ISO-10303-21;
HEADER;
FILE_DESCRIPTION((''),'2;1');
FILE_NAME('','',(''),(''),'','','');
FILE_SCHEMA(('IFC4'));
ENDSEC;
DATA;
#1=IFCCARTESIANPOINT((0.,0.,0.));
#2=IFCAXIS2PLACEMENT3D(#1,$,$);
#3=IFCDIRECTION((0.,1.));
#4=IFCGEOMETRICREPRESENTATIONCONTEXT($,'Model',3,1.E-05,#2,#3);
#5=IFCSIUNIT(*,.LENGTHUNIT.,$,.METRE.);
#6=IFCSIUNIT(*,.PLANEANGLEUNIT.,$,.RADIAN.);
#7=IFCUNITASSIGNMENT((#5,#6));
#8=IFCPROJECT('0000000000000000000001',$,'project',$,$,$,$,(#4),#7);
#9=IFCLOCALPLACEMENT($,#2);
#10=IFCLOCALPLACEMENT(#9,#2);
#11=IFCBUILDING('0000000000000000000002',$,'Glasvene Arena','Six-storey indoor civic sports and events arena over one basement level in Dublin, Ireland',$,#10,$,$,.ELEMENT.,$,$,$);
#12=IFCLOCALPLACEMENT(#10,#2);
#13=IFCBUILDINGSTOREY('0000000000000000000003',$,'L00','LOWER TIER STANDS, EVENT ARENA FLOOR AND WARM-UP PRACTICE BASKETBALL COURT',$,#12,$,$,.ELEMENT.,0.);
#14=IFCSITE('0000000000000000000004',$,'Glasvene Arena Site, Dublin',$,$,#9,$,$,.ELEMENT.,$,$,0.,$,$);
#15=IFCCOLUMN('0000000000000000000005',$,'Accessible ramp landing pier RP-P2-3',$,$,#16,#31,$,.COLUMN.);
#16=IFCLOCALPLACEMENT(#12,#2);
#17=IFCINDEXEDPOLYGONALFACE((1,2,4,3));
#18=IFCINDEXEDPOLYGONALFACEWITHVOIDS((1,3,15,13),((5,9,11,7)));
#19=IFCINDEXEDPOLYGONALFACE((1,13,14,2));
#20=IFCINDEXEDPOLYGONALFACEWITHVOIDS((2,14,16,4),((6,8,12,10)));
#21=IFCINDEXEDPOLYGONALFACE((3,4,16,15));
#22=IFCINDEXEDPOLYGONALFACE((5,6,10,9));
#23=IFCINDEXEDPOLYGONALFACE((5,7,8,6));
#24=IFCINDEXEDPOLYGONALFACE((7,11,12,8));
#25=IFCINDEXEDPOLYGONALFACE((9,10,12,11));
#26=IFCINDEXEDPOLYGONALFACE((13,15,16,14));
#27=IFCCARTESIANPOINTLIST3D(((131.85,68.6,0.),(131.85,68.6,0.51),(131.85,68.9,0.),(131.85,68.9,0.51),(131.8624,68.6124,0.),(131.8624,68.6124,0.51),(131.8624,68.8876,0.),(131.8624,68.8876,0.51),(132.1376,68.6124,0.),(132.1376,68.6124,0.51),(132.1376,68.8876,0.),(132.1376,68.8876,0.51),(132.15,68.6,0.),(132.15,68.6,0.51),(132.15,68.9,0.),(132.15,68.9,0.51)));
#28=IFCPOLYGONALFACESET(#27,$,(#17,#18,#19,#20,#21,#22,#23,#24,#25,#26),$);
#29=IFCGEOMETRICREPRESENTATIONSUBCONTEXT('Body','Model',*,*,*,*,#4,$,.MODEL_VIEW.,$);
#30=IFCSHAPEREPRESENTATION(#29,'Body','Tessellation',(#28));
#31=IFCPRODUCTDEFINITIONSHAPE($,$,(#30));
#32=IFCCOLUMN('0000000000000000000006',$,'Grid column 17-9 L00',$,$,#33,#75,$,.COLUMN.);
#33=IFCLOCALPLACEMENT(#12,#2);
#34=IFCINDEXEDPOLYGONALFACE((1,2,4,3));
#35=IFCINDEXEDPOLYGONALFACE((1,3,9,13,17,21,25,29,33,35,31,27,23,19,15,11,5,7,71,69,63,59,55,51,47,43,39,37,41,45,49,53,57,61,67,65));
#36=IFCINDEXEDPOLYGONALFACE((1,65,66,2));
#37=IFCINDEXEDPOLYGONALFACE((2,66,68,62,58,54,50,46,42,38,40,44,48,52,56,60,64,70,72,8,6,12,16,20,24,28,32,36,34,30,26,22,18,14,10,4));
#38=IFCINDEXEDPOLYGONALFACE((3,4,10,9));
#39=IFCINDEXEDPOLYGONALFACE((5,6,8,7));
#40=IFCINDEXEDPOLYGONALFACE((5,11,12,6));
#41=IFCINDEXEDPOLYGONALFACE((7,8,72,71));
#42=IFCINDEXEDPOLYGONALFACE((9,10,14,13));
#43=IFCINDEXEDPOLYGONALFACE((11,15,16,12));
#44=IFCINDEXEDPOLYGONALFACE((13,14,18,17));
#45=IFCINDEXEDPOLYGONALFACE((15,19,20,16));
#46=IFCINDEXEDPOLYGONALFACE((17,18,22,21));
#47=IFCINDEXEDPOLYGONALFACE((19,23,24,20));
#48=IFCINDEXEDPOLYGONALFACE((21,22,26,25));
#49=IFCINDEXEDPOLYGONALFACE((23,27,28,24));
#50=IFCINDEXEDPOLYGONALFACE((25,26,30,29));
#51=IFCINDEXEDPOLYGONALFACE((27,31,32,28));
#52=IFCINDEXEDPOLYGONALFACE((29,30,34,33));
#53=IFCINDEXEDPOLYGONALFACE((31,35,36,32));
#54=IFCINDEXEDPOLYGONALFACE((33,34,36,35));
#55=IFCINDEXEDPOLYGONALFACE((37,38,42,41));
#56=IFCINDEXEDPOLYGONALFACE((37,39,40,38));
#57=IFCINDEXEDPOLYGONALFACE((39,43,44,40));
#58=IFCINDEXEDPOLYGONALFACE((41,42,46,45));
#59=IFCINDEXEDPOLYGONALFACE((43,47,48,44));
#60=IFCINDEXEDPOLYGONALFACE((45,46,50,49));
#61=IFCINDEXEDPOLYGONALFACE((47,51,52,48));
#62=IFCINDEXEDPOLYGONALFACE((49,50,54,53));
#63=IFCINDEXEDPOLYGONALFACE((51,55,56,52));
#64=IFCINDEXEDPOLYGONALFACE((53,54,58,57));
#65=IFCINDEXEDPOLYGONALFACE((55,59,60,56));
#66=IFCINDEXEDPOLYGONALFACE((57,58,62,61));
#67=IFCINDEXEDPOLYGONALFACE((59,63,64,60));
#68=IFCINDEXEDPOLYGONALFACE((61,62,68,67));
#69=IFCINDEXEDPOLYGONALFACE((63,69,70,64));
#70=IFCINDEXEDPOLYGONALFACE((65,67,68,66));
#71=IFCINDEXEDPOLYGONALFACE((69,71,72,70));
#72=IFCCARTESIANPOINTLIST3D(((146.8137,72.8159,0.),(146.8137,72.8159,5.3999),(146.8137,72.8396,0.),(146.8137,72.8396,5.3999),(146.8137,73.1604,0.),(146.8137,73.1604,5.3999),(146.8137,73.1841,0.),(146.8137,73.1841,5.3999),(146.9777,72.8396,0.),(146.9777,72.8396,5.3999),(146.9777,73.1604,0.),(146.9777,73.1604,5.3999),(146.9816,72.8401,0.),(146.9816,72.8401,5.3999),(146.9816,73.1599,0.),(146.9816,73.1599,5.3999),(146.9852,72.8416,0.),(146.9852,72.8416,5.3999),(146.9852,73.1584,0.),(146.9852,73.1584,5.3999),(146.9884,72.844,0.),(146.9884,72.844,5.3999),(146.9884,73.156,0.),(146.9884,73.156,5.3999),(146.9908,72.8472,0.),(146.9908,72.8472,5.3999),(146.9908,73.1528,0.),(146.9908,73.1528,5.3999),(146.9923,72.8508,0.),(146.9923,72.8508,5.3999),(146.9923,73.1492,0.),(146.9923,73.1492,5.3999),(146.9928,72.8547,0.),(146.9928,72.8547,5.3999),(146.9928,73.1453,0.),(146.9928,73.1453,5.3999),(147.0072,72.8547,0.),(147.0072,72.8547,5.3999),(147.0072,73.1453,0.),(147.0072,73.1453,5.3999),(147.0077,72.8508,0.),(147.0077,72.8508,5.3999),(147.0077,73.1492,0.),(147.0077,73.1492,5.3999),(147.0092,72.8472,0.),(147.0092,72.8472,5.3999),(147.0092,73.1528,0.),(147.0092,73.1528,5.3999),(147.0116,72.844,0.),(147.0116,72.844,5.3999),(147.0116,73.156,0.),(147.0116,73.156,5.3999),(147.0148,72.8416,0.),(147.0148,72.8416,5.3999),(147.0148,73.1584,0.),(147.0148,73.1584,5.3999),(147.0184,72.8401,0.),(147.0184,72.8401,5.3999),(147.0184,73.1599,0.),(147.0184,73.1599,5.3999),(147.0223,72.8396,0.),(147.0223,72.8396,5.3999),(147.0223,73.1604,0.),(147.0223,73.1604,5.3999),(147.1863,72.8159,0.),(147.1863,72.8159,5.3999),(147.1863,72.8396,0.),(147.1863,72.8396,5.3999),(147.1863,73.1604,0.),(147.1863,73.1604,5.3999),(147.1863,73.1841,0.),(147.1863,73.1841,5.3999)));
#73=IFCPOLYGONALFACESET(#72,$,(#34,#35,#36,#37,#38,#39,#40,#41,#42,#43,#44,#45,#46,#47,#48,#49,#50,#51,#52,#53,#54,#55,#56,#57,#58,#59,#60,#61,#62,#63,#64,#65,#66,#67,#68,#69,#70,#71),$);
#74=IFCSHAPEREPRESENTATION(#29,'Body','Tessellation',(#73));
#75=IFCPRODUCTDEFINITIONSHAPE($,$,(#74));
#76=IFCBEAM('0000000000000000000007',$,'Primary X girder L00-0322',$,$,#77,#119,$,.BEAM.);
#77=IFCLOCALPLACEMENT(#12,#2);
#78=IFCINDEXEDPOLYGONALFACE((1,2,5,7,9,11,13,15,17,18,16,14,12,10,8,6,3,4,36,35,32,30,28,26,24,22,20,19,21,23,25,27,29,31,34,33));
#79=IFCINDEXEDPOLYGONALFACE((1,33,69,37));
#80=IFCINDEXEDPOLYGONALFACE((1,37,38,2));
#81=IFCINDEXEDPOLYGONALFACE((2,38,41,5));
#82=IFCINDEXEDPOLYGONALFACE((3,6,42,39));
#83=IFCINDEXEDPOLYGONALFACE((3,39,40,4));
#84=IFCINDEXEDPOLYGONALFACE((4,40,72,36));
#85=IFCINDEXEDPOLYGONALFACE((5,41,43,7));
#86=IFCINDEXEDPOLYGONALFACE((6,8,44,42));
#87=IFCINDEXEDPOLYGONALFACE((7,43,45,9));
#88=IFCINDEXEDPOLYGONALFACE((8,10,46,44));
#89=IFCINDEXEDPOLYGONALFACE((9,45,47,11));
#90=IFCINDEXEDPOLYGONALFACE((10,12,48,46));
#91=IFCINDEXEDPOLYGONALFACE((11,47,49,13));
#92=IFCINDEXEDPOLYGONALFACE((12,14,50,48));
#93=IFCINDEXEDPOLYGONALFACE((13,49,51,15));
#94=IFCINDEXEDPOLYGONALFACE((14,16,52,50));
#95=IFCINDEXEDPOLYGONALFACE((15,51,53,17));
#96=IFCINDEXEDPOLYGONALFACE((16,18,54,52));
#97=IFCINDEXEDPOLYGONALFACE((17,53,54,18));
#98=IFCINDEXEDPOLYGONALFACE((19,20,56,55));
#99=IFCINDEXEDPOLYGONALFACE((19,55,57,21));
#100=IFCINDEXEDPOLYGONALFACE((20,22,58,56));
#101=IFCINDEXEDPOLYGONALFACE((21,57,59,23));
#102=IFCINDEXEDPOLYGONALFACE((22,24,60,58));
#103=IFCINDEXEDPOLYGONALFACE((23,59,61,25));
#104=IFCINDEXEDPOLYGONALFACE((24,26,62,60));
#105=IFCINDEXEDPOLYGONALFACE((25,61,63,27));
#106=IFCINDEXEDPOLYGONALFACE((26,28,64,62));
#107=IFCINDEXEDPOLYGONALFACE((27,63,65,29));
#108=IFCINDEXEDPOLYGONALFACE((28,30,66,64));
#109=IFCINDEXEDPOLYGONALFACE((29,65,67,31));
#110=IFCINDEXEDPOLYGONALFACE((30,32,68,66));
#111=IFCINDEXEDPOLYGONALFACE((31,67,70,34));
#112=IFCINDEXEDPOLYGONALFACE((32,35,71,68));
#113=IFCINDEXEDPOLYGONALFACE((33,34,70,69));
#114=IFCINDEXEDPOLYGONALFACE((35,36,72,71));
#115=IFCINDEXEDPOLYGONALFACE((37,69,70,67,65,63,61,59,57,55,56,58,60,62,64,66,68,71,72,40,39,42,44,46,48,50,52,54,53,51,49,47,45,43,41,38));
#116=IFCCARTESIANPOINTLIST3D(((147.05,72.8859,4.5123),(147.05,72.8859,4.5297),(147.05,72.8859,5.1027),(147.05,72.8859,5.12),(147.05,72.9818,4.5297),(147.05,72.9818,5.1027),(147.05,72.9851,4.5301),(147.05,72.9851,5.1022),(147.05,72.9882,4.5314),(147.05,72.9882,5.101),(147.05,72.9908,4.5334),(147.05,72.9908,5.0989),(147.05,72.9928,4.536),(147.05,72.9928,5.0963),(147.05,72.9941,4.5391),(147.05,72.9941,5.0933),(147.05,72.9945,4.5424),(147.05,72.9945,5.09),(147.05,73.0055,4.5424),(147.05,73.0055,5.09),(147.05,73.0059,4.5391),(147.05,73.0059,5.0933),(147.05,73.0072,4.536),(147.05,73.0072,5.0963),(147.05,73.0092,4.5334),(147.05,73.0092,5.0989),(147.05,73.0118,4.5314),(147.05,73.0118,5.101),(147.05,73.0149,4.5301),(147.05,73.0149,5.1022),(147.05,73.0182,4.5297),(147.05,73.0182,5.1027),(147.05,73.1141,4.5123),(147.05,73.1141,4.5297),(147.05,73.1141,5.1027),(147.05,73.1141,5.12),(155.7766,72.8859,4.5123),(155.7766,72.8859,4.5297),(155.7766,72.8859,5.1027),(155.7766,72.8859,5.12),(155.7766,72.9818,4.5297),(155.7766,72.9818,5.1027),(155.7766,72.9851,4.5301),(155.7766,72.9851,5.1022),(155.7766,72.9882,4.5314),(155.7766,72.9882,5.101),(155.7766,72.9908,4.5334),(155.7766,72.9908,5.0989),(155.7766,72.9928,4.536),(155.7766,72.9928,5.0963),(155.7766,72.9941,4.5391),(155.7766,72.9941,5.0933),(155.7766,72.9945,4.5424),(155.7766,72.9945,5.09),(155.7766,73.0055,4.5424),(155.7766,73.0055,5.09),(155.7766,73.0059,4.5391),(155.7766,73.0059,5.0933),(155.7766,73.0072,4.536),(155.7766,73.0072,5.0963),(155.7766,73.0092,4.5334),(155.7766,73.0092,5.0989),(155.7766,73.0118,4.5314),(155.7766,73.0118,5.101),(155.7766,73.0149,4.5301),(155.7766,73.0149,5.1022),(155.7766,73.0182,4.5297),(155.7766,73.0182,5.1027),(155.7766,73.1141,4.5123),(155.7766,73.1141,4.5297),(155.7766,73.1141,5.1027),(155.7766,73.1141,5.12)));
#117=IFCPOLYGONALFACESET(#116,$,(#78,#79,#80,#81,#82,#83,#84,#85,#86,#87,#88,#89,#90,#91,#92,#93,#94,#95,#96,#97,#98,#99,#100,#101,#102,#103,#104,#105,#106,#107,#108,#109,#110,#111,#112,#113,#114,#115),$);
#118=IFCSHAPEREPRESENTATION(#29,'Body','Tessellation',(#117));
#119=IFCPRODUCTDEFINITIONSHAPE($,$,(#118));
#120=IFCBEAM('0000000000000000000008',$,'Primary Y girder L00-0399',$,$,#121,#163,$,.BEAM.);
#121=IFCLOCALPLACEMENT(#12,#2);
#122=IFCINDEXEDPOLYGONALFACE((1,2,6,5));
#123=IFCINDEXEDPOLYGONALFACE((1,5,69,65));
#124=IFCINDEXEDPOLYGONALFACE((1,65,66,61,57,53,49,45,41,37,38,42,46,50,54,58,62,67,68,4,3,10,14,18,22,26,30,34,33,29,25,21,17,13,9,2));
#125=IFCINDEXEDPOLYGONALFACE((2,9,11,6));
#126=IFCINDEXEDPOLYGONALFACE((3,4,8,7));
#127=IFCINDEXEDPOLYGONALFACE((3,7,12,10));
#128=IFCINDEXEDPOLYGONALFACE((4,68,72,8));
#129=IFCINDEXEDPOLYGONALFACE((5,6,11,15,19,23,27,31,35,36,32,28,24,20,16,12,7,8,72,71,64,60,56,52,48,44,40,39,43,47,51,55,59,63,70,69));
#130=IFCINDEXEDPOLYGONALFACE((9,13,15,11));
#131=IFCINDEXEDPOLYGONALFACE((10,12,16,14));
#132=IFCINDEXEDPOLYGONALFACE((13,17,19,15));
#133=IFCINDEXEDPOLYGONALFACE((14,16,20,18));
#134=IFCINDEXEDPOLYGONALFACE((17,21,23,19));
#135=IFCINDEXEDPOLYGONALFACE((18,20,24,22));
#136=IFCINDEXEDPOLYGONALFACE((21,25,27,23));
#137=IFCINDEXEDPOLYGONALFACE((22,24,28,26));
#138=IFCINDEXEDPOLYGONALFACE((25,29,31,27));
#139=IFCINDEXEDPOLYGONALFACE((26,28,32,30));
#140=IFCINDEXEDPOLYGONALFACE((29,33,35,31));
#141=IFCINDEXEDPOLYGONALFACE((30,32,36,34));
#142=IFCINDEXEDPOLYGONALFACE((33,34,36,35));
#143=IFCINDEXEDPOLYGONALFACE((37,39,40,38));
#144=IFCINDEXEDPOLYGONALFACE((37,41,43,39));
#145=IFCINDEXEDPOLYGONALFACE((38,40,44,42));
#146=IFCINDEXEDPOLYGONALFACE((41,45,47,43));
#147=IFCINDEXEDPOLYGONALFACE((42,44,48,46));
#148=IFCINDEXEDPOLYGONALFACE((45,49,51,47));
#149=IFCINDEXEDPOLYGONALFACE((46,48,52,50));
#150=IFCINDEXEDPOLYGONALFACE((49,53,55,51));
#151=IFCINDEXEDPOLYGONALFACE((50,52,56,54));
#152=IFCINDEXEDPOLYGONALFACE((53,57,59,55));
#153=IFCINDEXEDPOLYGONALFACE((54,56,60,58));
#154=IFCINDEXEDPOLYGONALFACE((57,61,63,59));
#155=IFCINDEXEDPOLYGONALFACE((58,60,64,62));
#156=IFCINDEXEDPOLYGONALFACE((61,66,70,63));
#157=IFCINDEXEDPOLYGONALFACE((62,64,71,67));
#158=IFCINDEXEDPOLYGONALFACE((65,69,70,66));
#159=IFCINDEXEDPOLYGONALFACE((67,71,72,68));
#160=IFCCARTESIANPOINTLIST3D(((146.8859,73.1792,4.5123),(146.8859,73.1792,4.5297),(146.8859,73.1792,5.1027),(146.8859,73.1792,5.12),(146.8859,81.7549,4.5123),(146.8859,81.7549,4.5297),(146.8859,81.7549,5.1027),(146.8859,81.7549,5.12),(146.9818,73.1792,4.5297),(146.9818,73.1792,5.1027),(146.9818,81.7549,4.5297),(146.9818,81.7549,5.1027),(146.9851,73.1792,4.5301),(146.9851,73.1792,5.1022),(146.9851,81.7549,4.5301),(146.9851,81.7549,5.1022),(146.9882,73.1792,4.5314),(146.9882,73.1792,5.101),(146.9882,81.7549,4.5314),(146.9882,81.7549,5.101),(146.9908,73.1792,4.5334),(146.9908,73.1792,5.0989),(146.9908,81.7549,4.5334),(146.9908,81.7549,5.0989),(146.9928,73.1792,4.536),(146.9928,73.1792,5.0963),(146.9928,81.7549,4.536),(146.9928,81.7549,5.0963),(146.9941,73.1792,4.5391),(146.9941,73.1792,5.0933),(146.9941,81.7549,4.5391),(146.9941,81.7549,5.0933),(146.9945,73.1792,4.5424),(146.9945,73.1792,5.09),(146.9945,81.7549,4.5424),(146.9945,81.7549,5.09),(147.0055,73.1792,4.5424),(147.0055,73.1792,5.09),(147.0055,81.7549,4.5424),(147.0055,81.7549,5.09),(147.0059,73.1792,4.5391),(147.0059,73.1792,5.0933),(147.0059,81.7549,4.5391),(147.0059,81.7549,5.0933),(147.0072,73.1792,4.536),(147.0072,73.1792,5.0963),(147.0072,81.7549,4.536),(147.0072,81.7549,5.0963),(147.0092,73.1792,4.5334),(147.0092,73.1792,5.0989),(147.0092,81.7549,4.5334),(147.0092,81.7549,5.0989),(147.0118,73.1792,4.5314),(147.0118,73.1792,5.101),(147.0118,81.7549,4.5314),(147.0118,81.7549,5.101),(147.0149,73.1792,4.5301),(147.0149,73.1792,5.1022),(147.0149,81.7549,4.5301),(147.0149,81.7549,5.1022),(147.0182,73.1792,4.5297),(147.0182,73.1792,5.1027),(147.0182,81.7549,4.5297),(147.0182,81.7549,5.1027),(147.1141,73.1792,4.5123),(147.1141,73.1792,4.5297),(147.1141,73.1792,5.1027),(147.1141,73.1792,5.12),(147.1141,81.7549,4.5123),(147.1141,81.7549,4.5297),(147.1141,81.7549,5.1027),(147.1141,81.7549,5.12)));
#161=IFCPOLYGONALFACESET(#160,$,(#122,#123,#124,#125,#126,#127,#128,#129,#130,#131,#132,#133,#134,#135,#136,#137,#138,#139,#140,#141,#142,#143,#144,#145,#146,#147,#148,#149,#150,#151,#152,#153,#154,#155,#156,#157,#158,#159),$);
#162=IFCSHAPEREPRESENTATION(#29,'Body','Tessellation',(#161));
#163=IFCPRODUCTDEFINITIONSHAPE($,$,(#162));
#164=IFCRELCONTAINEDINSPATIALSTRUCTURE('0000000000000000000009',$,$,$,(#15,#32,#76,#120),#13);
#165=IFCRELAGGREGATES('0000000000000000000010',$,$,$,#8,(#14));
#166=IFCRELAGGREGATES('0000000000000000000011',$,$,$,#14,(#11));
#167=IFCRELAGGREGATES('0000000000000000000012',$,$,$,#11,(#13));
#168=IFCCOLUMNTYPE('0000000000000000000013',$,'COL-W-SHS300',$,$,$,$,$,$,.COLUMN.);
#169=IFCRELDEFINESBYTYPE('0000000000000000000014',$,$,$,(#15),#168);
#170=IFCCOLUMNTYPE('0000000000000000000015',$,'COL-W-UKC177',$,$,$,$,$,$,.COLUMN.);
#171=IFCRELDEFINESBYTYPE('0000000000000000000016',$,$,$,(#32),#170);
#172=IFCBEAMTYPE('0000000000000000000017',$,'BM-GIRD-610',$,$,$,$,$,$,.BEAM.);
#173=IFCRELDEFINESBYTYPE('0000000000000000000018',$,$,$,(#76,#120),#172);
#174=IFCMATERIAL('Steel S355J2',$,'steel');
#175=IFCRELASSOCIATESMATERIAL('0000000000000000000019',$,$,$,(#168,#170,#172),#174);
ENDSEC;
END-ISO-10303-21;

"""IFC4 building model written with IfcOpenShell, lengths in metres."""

from ifc_helpers import new_model, si_unit, direction, frame, origin, origin_2d, place, context, subcontext, project, spatial, hollow_rectangle, i_section, extrude, material, material_profile, profile_set, type_object, element, save


model = new_model("IFC4")

# Units and contexts
model_context = context("Model", 3, precision=1e-05, world=origin(), true_north=direction((0.0, 1.0)))
body_context = subcontext(model_context, "Body", "Model", "MODEL_VIEW")
ifc_project = project(units=[si_unit("LENGTHUNIT", "METRE"), si_unit("PLANEANGLEUNIT", "RADIAN")], contexts=[model_context])

# Site, building, storey
site_placement = place(None, origin())
site = spatial("IfcSite", under=ifc_project, at=site_placement, Name="Glasvene Arena Site, Dublin", CompositionType="ELEMENT", RefElevation=0.0)
building_placement = place(site_placement, origin())
building = spatial("IfcBuilding", under=site, at=building_placement, Name="Glasvene Arena", Description="Six-storey indoor civic sports and events arena over one basement level in Dublin, Ireland", CompositionType="ELEMENT")
storey_placement = place(building_placement, origin())
storey = spatial("IfcBuildingStorey", under=building, at=storey_placement, Name="L00", Description="LOWER TIER STANDS, EVENT ARENA FLOOR AND WARM-UP PRACTICE BASKETBALL COURT", CompositionType="ELEMENT", Elevation=0.0)

# Columns
ifc_material_1 = material(Name="Steel S355J2", Category="steel")
ifc_material_profile_1 = material_profile(ifc_material_1, hollow_rectangle(XDim=0.3, YDim=0.3, WallThickness=0.0125, at=origin_2d()), Name="SHS 300x300x12.5")
ifc_profile_set_1 = profile_set([ifc_material_profile_1], Name="Steel S355J2")
column_type_1 = type_object("IfcColumnType", Name="COL-W-SHS300", PredefinedType="COLUMN", material=ifc_profile_set_1)
for number, where, z_axis, x_axis, name in (
    (1, (132.0, 68.75, 0.0), (0.0, 0.0, 1.0), (1.0, 0.0, 0.0), "Accessible ramp landing pier RP-P2-3"),
):
    element("IfcColumn", number, at=place(storey_placement, frame(where, z_axis=z_axis, x_axis=x_axis)), inside=storey, type_object=column_type_1, Name=name, PredefinedType="COLUMN", context=body_context, shape_type="SweptSolid", body=[
        extrude(hollow_rectangle(XDim=0.3, YDim=0.3, WallThickness=0.0125, at=origin_2d()), origin(), (0.0, 0.0, 1.0), 0.51),
    ])
ifc_material_profile_2 = material_profile(ifc_material_1, i_section(OverallWidth=0.3726, OverallDepth=0.3682, WebThickness=0.0144, FlangeThickness=0.0237, FilletRadius=0.0151, at=origin_2d()), Name="UKC 356x368x177")
ifc_profile_set_2 = profile_set([ifc_material_profile_2], Name="Steel S355J2")
column_type_2 = type_object("IfcColumnType", Name="COL-W-UKC177", PredefinedType="COLUMN", material=ifc_profile_set_2)
column_placement = place(storey_placement, frame((147.0, 73.0, 0.0), z_axis=(0.0, 0.0, 1.0), x_axis=(1.0, 0.0, 0.0)))
element("IfcColumn", 2, at=column_placement, inside=storey, type_object=column_type_2, Name="Grid column 17-9 L00", PredefinedType="COLUMN", context=body_context, shape_type="SweptSolid", body=[
    extrude(i_section(OverallWidth=0.3726, OverallDepth=0.3682, WebThickness=0.0144, FlangeThickness=0.0237, FilletRadius=0.0151, at=origin_2d()), origin(), (0.0, 0.0, 1.0), 5.3999),
])

# Beams
ifc_material_profile_3 = material_profile(ifc_material_1, i_section(OverallWidth=0.2283, OverallDepth=0.6077, WebThickness=0.011, FlangeThickness=0.0173, FilletRadius=0.0127, at=origin_2d()), Name="UKB 610x229x113")
ifc_profile_set_3 = profile_set([ifc_material_profile_3], Name="Steel S355J2")
beam_type_1 = type_object("IfcBeamType", Name="BM-GIRD-610", PredefinedType="BEAM", material=ifc_profile_set_3)
beam_1_placement = place(storey_placement, frame((147.05, 73.0, 4.8162), z_axis=(1.0, 0.0, 0.0), x_axis=(0.0, 1.0, 0.0)))
element("IfcBeam", 3, at=beam_1_placement, inside=storey, type_object=beam_type_1, Name="Primary X girder L00-0322", PredefinedType="BEAM", context=body_context, shape_type="SweptSolid", body=[
    extrude(i_section(OverallWidth=0.2283, OverallDepth=0.6077, WebThickness=0.011, FlangeThickness=0.0173, FilletRadius=0.0127, at=origin_2d()), origin(), (0.0, 0.0, 1.0), 8.7266),
])
beam_2_placement = place(storey_placement, frame((147.0, 73.1792, 4.8162), z_axis=(0.0, 1.0, 0.0), x_axis=(-1.0, 0.0, 0.0)))
element("IfcBeam", 4, at=beam_2_placement, inside=storey, type_object=beam_type_1, Name="Primary Y girder L00-0399", PredefinedType="BEAM", context=body_context, shape_type="SweptSolid", body=[
    extrude(i_section(OverallWidth=0.2283, OverallDepth=0.6077, WebThickness=0.011, FlangeThickness=0.0173, FilletRadius=0.0127, at=origin_2d()), origin(), (0.0, 0.0, 1.0), 8.5757),
])

save(model, "model.ifc")
